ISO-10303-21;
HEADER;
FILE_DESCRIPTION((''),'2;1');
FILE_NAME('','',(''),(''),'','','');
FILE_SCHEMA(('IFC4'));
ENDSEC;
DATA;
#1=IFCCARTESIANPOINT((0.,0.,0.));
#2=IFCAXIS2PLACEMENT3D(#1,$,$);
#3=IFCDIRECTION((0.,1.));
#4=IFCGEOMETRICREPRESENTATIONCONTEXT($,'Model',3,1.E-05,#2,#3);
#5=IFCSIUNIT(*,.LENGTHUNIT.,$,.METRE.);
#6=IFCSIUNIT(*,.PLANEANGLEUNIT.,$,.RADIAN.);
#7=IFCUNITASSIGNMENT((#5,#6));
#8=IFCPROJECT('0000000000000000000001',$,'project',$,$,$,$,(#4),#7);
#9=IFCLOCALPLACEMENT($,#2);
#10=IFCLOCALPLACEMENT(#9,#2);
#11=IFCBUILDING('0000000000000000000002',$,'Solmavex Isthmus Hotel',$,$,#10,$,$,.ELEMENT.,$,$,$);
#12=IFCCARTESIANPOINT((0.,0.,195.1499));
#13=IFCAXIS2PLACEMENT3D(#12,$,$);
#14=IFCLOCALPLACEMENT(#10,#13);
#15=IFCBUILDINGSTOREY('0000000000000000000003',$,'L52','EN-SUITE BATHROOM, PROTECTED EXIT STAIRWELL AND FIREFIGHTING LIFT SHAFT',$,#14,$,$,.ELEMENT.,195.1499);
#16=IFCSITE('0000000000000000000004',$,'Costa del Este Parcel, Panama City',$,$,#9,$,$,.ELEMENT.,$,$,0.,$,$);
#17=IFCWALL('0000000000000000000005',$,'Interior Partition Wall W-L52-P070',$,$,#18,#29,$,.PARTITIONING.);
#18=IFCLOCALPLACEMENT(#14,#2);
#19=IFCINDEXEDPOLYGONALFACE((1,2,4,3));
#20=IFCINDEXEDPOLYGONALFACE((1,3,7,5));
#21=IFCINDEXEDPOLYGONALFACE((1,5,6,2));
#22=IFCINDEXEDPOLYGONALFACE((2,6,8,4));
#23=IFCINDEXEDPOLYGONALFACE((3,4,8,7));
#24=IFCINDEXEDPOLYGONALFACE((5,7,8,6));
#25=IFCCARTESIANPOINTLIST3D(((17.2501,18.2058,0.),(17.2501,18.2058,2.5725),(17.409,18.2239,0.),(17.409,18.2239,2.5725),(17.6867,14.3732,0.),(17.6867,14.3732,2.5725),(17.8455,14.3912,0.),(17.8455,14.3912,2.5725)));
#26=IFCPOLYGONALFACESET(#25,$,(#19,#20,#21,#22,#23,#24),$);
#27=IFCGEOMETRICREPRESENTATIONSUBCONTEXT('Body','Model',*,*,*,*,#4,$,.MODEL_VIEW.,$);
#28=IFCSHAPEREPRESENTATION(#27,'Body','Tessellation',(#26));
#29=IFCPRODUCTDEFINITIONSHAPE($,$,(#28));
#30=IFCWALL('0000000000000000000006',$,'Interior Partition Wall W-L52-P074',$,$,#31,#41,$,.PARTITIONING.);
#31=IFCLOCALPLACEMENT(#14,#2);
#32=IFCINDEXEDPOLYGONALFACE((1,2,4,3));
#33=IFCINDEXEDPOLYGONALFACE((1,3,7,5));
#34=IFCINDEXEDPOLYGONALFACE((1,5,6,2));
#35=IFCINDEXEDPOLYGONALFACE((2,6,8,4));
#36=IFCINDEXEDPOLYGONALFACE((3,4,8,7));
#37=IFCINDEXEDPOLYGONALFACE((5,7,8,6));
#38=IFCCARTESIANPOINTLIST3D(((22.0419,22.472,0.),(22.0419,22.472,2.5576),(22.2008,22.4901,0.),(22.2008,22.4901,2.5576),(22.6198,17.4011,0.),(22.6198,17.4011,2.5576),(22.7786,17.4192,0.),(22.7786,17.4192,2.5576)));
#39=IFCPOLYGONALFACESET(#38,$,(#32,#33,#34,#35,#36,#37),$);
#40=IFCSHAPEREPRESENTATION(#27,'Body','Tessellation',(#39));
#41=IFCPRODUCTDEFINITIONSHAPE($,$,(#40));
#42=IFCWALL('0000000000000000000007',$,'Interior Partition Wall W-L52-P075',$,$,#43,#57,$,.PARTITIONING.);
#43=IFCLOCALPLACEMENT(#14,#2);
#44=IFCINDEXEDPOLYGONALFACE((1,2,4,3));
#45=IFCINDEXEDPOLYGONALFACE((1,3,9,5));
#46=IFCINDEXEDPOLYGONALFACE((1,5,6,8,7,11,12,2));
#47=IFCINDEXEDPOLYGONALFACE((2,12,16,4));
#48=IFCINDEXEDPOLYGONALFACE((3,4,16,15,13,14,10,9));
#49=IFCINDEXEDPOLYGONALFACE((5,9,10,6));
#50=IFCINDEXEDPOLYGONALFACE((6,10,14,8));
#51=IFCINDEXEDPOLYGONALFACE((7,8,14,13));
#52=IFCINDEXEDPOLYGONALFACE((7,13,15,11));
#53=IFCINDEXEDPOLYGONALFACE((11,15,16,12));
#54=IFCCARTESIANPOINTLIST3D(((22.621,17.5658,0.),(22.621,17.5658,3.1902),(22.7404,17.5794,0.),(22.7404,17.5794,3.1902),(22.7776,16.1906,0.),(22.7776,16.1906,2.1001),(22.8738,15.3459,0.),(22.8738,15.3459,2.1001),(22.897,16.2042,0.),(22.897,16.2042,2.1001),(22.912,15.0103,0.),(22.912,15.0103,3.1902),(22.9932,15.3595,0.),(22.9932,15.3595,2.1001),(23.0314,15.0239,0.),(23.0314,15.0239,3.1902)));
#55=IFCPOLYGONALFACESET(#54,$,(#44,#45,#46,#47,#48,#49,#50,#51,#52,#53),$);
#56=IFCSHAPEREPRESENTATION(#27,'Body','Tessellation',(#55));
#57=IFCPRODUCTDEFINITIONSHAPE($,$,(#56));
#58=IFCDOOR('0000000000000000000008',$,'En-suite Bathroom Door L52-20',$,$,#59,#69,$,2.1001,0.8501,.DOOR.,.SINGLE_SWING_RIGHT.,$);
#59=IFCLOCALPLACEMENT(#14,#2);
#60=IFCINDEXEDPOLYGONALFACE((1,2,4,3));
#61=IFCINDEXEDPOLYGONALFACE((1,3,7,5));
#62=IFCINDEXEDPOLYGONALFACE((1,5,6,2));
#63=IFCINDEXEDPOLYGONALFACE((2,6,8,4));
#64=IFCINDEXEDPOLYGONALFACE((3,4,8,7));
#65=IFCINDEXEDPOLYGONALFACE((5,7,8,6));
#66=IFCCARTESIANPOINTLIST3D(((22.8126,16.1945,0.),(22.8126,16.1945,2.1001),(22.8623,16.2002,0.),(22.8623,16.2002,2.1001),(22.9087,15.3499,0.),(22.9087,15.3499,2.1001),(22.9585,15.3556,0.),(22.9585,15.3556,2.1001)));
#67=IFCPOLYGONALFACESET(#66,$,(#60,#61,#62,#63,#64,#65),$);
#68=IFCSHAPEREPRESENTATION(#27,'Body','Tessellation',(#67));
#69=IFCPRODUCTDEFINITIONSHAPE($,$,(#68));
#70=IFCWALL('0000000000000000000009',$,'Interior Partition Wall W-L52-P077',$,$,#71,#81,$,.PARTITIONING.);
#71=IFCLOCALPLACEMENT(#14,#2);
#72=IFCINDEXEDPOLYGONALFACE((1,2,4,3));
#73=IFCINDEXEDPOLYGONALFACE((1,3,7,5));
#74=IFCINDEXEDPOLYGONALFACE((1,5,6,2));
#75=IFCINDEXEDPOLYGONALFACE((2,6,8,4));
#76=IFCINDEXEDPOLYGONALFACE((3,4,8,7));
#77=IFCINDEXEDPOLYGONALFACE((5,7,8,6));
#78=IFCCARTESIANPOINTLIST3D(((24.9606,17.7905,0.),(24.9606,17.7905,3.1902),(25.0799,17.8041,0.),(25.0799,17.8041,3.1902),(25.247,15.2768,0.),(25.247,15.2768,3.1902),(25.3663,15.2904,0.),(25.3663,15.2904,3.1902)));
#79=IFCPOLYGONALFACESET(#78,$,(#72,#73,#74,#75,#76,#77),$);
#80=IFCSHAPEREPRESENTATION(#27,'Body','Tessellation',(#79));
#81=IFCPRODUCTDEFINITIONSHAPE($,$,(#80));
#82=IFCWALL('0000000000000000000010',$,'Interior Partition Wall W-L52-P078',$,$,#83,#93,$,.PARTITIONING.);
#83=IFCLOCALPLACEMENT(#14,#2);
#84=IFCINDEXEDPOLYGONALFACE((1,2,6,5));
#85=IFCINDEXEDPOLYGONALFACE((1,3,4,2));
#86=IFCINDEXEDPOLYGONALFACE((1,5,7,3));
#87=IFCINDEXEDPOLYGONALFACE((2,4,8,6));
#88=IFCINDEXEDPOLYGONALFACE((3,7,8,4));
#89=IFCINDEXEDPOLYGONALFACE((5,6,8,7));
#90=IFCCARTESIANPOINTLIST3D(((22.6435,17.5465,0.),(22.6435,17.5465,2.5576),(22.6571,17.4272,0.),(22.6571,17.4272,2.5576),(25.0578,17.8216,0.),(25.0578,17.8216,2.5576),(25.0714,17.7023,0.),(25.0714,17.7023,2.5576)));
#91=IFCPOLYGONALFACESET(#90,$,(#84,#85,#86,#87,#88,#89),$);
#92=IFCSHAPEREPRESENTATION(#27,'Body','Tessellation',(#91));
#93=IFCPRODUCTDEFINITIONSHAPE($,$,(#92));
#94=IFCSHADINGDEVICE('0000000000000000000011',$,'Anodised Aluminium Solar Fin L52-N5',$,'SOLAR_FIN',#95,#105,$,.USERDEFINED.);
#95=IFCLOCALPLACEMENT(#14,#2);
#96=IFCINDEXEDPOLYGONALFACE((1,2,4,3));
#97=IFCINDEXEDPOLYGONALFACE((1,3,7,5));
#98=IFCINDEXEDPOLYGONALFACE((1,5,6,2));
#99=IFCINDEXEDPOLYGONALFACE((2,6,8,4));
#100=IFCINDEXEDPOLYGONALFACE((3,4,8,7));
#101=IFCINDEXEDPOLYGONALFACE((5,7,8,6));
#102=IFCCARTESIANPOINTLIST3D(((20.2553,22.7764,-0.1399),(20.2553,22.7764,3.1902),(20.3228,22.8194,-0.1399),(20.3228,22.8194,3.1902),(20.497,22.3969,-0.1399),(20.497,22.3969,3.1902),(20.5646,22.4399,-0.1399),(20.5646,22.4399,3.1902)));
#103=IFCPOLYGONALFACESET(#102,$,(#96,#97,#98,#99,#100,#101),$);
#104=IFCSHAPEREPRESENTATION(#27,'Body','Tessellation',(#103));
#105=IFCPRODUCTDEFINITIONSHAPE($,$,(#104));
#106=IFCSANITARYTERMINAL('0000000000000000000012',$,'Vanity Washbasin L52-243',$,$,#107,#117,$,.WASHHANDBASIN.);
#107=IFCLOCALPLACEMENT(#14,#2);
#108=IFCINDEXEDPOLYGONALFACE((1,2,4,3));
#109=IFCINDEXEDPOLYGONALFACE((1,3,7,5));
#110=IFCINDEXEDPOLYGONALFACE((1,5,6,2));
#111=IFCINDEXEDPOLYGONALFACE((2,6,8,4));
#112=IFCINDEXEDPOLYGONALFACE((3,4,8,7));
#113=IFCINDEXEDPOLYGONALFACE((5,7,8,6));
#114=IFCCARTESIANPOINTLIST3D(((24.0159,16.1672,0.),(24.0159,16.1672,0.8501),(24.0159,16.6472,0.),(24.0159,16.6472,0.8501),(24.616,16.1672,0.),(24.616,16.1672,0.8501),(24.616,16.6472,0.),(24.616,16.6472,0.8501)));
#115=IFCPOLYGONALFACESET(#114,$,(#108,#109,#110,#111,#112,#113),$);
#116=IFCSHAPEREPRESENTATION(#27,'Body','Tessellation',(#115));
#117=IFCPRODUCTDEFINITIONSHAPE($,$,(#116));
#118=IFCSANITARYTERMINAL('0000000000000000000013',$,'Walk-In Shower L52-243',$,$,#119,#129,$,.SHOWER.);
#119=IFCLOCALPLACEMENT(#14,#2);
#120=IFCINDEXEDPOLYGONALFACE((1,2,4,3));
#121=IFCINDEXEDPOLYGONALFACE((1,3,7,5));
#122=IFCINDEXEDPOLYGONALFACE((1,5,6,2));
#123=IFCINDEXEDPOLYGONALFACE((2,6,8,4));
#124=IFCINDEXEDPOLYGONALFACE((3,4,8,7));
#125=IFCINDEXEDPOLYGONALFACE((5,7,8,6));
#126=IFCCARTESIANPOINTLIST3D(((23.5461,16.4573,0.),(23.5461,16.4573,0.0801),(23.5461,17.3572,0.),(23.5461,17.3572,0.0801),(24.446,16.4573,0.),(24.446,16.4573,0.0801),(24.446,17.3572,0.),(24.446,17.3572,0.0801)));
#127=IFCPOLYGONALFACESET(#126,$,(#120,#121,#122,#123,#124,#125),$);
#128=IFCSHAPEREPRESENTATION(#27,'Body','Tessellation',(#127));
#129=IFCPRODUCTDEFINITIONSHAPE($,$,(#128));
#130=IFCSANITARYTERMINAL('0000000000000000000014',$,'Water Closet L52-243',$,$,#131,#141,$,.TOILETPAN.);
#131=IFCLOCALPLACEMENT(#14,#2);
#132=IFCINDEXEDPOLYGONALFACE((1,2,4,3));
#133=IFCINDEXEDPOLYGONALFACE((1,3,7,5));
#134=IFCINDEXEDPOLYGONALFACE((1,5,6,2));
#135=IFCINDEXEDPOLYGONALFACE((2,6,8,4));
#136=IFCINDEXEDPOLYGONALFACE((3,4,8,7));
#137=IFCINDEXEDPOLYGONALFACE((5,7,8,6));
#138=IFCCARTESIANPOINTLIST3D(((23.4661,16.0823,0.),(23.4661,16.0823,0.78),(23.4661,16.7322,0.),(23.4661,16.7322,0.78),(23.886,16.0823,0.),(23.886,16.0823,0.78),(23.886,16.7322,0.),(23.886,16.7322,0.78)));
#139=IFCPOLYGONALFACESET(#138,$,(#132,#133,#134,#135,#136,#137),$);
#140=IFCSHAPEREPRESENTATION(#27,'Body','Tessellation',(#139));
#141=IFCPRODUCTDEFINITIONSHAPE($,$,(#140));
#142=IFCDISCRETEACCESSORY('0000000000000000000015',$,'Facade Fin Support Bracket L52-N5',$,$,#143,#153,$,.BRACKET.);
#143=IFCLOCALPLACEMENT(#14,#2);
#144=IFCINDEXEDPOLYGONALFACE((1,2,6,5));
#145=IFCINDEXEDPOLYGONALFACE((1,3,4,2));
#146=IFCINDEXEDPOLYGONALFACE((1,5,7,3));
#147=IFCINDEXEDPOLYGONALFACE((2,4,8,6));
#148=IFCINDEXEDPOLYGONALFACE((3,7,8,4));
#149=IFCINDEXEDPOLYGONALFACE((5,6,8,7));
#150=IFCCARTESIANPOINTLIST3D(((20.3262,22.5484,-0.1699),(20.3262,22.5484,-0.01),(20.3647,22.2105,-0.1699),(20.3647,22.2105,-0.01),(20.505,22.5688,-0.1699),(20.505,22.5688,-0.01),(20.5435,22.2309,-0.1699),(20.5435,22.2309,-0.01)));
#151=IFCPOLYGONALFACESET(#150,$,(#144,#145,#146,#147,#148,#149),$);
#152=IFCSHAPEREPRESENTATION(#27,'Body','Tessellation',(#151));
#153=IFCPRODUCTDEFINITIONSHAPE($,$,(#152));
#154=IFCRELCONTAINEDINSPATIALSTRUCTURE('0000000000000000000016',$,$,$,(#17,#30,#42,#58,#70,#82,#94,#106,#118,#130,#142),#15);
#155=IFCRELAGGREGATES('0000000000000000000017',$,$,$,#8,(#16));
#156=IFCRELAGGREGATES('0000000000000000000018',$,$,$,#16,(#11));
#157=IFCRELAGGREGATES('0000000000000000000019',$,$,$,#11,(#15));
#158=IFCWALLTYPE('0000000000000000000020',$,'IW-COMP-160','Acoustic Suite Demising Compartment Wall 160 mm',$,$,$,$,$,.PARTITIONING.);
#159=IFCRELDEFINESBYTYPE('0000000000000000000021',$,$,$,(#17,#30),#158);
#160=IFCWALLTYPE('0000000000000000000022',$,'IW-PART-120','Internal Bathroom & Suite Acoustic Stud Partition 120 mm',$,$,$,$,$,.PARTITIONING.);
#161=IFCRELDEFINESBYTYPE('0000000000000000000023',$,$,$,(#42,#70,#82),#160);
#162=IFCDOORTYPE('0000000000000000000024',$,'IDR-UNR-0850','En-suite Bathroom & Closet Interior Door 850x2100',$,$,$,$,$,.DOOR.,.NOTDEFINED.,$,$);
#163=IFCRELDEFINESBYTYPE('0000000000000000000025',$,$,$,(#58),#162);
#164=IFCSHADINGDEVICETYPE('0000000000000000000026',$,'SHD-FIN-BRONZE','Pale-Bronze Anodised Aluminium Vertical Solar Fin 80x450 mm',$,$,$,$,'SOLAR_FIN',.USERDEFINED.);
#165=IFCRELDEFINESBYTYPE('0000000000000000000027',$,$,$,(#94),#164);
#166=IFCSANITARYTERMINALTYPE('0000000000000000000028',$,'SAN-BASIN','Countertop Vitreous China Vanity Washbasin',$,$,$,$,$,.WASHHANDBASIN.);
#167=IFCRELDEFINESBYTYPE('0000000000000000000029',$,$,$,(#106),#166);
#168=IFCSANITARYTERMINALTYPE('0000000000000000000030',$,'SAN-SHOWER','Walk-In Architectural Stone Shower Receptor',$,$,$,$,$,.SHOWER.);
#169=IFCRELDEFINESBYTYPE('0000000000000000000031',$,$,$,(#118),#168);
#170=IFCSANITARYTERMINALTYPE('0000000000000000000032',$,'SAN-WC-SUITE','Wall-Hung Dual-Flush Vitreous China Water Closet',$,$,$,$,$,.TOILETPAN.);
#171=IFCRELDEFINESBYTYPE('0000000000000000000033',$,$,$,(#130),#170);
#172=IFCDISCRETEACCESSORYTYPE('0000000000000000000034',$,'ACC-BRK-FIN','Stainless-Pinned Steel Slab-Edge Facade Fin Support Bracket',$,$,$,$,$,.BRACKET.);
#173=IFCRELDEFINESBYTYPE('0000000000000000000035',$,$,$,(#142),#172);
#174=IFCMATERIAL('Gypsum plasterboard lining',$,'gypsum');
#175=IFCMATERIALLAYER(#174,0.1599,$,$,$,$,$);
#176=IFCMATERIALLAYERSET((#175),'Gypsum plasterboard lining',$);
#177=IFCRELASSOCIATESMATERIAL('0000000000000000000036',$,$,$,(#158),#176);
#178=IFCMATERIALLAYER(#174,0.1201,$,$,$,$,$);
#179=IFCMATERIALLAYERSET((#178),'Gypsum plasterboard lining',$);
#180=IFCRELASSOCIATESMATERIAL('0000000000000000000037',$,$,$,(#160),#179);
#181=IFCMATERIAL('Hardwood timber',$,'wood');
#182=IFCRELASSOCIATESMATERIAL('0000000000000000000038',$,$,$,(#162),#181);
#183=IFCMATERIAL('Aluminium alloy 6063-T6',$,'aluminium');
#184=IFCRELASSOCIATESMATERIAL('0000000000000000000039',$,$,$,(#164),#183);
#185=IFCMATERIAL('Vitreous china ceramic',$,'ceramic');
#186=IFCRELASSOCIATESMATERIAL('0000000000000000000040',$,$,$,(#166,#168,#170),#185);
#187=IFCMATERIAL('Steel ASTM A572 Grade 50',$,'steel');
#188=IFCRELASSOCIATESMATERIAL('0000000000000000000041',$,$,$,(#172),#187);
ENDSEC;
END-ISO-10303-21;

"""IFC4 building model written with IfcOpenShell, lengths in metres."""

from ifc_helpers import new_model, si_unit, direction, frame, frame_2d, origin, origin_2d, place, context, subcontext, project, spatial, rectangle, extrude, material, layer, layer_set, type_object, element, fill, save


model = new_model("IFC4")

# Units and contexts
model_context = context("Model", 3, precision=1e-05, world=origin(), true_north=direction((0.0, 1.0)))
body_context = subcontext(model_context, "Body", "Model", "MODEL_VIEW")
ifc_project = project(units=[si_unit("LENGTHUNIT", "METRE"), si_unit("PLANEANGLEUNIT", "RADIAN")], contexts=[model_context])

# Site, building, storey
site_placement = place(None, origin())
site = spatial("IfcSite", under=ifc_project, at=site_placement, Name="Costa del Este Parcel, Panama City", CompositionType="ELEMENT", RefElevation=0.0)
building_placement = place(site_placement, origin())
building = spatial("IfcBuilding", under=site, at=building_placement, Name="Solmavex Isthmus Hotel", CompositionType="ELEMENT")
storey_placement = place(building_placement, frame((0.0, 0.0, 195.1499)))
storey = spatial("IfcBuildingStorey", under=building, at=storey_placement, Name="L52", Description="EN-SUITE BATHROOM, PROTECTED EXIT STAIRWELL AND FIREFIGHTING LIFT SHAFT", CompositionType="ELEMENT", Elevation=195.1499)

# Shared definitions
ifc_material_1 = material(Name="Aluminium alloy 6063-T6", Category="aluminium")

# Walls
ifc_material_2 = material(Name="Gypsum plasterboard lining", Category="gypsum")
ifc_layer_1 = layer(ifc_material_2, 0.1599)
ifc_layer_set_1 = layer_set([ifc_layer_1], Name="Gypsum plasterboard lining")
wall_type_1 = type_object("IfcWallType", Name="IW-COMP-160", Description="Acoustic Suite Demising Compartment Wall 160 mm", PredefinedType="PARTITIONING", material=ifc_layer_set_1)
wall_1_placement = place(storey_placement, frame((17.3296, 18.2148, 0.0), z_axis=(0.0, 0.0, 1.0), x_axis=(0.113161, -0.993577, 0.0)))
element("IfcWall", 1, at=wall_1_placement, inside=storey, type_object=wall_type_1, Name="Interior Partition Wall W-L52-P070", PredefinedType="PARTITIONING", context=body_context, shape_type="SweptSolid", body=[
    extrude(rectangle(XDim=3.8574, YDim=0.1599, at=frame_2d((1.9287, 0.0))), origin(), (0.0, 0.0, 1.0), 2.5725),
])
wall_2_placement = place(storey_placement, frame((22.1213, 22.481, 0.0), z_axis=(0.0, 0.0, 1.0), x_axis=(0.113224, -0.993569, 0.0)))
element("IfcWall", 2, at=wall_2_placement, inside=storey, type_object=wall_type_1, Name="Interior Partition Wall W-L52-P074", PredefinedType="PARTITIONING", context=body_context, shape_type="SweptSolid", body=[
    extrude(rectangle(XDim=5.1038, YDim=0.1599, at=frame_2d((2.5518, 0.0))), origin(), (0.0, 0.0, 1.0), 2.5576),
])

# Wall, opening, door
ifc_layer_2 = layer(ifc_material_2, 0.1201)
ifc_layer_set_2 = layer_set([ifc_layer_2], Name="Gypsum plasterboard lining")
wall_type_2 = type_object("IfcWallType", Name="IW-PART-120", Description="Internal Bathroom & Suite Acoustic Stud Partition 120 mm", PredefinedType="PARTITIONING", material=ifc_layer_set_2)
wall_3_placement = place(storey_placement, frame((22.6807, 17.5728, 0.0), z_axis=(0.0, 0.0, 1.0), x_axis=(0.11315, -0.993578, 0.0)))
wall_3 = element("IfcWall", 3, at=wall_3_placement, inside=storey, type_object=wall_type_2, Name="Interior Partition Wall W-L52-P075", PredefinedType="PARTITIONING", context=body_context, shape_type="SweptSolid", body=[
    extrude(rectangle(XDim=2.572, YDim=0.1201, at=frame_2d((1.2861, 0.0))), origin(), (0.0, 0.0, 1.0), 3.1902),
])
opening_placement = place(wall_3_placement, frame((1.3843, 0.0, 0.0)))
opening = element("IfcOpeningElement", 4, at=opening_placement, cuts=wall_3, PredefinedType="OPENING", context=body_context, shape_type="SweptSolid", body=[
    extrude(rectangle(XDim=0.8501, YDim=2.1001, at=frame_2d((0.425, 1.05))), frame((0.0, 0.0701, 0.0), z_axis=(0.0, -1.0, 0.0), x_axis=(1.0, 0.0, 0.0)), (0.0, 0.0, 1.0), 0.1401),
])
ifc_material_3 = material(Name="Hardwood timber", Category="wood")
door_type = type_object("IfcDoorType", Name="IDR-UNR-0850", Description="En-suite Bathroom & Closet Interior Door 850x2100", OperationType="NOTDEFINED", PredefinedType="DOOR", material=ifc_material_3)
door_placement = place(opening_placement, frame((0.8501, 0.0, 0.0), z_axis=(0.0, 0.0, 1.0), x_axis=(-1.0, 0.0, 0.0)))
door = element("IfcDoor", 5, at=door_placement, inside=storey, type_object=door_type, Name="En-suite Bathroom Door L52-20", OperationType="SINGLE_SWING_RIGHT", OverallHeight=2.1001, OverallWidth=0.8501, PredefinedType="DOOR", context=body_context, shape_type="SweptSolid", body=[
    extrude(rectangle(XDim=0.8501, YDim=2.1001, at=frame_2d((0.425, 1.05))), frame((0.0, 0.0249, 0.0), z_axis=(0.0, -1.0, 0.0), x_axis=(1.0, 0.0, 0.0)), (0.0, 0.0, 1.0), 0.05),
])
fill(opening, door)

# Walls
wall_4_placement = place(storey_placement, frame((25.3066, 15.2834, 0.0), z_axis=(0.0, 0.0, 1.0), x_axis=(-0.113195, 0.993573, 0.0)))
element("IfcWall", 6, at=wall_4_placement, inside=storey, type_object=wall_type_2, Name="Interior Partition Wall W-L52-P077", PredefinedType="PARTITIONING", context=body_context, shape_type="SweptSolid", body=[
    extrude(rectangle(XDim=2.53, YDim=0.1201, at=frame_2d((1.2651, 0.0))), origin(), (0.0, 0.0, 1.0), 3.1902),
])
wall_5_placement = place(storey_placement, frame((25.0645, 17.762, 0.0), z_axis=(0.0, 0.0, 1.0), x_axis=(-0.993569, -0.113232, 0.0)))
element("IfcWall", 7, at=wall_5_placement, inside=storey, type_object=wall_type_2, Name="Interior Partition Wall W-L52-P078", PredefinedType="PARTITIONING", context=body_context, shape_type="SweptSolid", body=[
    extrude(rectangle(XDim=2.4299, YDim=0.1201, at=frame_2d((1.2148, 0.0))), origin(), (0.0, 0.0, 1.0), 2.5576),
])

# Shading device
shading_device_type = type_object("IfcShadingDeviceType", Name="SHD-FIN-BRONZE", Description="Pale-Bronze Anodised Aluminium Vertical Solar Fin 80x450 mm", ElementType="SOLAR_FIN", PredefinedType="USERDEFINED", material=ifc_material_1)
shading_device_placement = place(storey_placement, frame((20.4099, 22.6082, -0.1399), z_axis=(0.0, 0.0, 1.0), x_axis=(-0.5373, 0.843391, 0.0)))
element("IfcShadingDevice", 8, at=shading_device_placement, inside=storey, type_object=shading_device_type, Name="Anodised Aluminium Solar Fin L52-N5", ObjectType="SOLAR_FIN", PredefinedType="USERDEFINED", context=body_context, shape_type="SweptSolid", body=[
    extrude(rectangle(XDim=0.45, YDim=0.0801, at=origin_2d()), origin(), (0.0, 0.0, 1.0), 3.3301),
])

# Sanitary terminals
ifc_material_4 = material(Name="Vitreous china ceramic", Category="ceramic")
sanitary_terminal_type_1 = type_object("IfcSanitaryTerminalType", Name="SAN-BASIN", Description="Countertop Vitreous China Vanity Washbasin", PredefinedType="WASHHANDBASIN", material=ifc_material_4)
sanitary_terminal_1_placement = place(storey_placement, frame((24.3159, 16.4072, 0.0), z_axis=(0.0, 0.0, 1.0), x_axis=(1.0, 0.0, 0.0)))
element("IfcSanitaryTerminal", 9, at=sanitary_terminal_1_placement, inside=storey, type_object=sanitary_terminal_type_1, Name="Vanity Washbasin L52-243", PredefinedType="WASHHANDBASIN", context=body_context, shape_type="SweptSolid", body=[
    extrude(rectangle(XDim=0.6001, YDim=0.48, at=origin_2d()), origin(), (0.0, 0.0, 1.0), 0.8501),
])
sanitary_terminal_type_2 = type_object("IfcSanitaryTerminalType", Name="SAN-SHOWER", Description="Walk-In Architectural Stone Shower Receptor", PredefinedType="SHOWER", material=ifc_material_4)
sanitary_terminal_2_placement = place(storey_placement, frame((23.9961, 16.9072, 0.0), z_axis=(0.0, 0.0, 1.0), x_axis=(1.0, 0.0, 0.0)))
element("IfcSanitaryTerminal", 10, at=sanitary_terminal_2_placement, inside=storey, type_object=sanitary_terminal_type_2, Name="Walk-In Shower L52-243", PredefinedType="SHOWER", context=body_context, shape_type="SweptSolid", body=[
    extrude(rectangle(XDim=0.8999, YDim=0.8999, at=origin_2d()), origin(), (0.0, 0.0, 1.0), 0.0801),
])
sanitary_terminal_type_3 = type_object("IfcSanitaryTerminalType", Name="SAN-WC-SUITE", Description="Wall-Hung Dual-Flush Vitreous China Water Closet", PredefinedType="TOILETPAN", material=ifc_material_4)
sanitary_terminal_3_placement = place(storey_placement, frame((23.676, 16.4072, 0.0), z_axis=(0.0, 0.0, 1.0), x_axis=(1.0, 0.0, 0.0)))
element("IfcSanitaryTerminal", 11, at=sanitary_terminal_3_placement, inside=storey, type_object=sanitary_terminal_type_3, Name="Water Closet L52-243", PredefinedType="TOILETPAN", context=body_context, shape_type="SweptSolid", body=[
    extrude(rectangle(XDim=0.4199, YDim=0.6499, at=origin_2d()), origin(), (0.0, 0.0, 1.0), 0.78),
])

# Discrete accessory
ifc_material_5 = material(Name="Steel ASTM A572 Grade 50", Category="steel")
discrete_accessory_type = type_object("IfcDiscreteAccessoryType", Name="ACC-BRK-FIN", Description="Stainless-Pinned Steel Slab-Edge Facade Fin Support Bracket", PredefinedType="BRACKET", material=ifc_material_5)
discrete_accessory_placement = place(storey_placement, frame((20.4348, 22.3896, -0.1699), z_axis=(0.0, 0.0, 1.0), x_axis=(-0.113203, 0.993572, 0.0)))
element("IfcDiscreteAccessory", 12, at=discrete_accessory_placement, inside=storey, type_object=discrete_accessory_type, Name="Facade Fin Support Bracket L52-N5", PredefinedType="BRACKET", context=body_context, shape_type="SweptSolid", body=[
    extrude(rectangle(XDim=0.3401, YDim=0.1799, at=origin_2d()), origin(), (0.0, 0.0, 1.0), 0.1599),
])

save(model, "model.ifc")
